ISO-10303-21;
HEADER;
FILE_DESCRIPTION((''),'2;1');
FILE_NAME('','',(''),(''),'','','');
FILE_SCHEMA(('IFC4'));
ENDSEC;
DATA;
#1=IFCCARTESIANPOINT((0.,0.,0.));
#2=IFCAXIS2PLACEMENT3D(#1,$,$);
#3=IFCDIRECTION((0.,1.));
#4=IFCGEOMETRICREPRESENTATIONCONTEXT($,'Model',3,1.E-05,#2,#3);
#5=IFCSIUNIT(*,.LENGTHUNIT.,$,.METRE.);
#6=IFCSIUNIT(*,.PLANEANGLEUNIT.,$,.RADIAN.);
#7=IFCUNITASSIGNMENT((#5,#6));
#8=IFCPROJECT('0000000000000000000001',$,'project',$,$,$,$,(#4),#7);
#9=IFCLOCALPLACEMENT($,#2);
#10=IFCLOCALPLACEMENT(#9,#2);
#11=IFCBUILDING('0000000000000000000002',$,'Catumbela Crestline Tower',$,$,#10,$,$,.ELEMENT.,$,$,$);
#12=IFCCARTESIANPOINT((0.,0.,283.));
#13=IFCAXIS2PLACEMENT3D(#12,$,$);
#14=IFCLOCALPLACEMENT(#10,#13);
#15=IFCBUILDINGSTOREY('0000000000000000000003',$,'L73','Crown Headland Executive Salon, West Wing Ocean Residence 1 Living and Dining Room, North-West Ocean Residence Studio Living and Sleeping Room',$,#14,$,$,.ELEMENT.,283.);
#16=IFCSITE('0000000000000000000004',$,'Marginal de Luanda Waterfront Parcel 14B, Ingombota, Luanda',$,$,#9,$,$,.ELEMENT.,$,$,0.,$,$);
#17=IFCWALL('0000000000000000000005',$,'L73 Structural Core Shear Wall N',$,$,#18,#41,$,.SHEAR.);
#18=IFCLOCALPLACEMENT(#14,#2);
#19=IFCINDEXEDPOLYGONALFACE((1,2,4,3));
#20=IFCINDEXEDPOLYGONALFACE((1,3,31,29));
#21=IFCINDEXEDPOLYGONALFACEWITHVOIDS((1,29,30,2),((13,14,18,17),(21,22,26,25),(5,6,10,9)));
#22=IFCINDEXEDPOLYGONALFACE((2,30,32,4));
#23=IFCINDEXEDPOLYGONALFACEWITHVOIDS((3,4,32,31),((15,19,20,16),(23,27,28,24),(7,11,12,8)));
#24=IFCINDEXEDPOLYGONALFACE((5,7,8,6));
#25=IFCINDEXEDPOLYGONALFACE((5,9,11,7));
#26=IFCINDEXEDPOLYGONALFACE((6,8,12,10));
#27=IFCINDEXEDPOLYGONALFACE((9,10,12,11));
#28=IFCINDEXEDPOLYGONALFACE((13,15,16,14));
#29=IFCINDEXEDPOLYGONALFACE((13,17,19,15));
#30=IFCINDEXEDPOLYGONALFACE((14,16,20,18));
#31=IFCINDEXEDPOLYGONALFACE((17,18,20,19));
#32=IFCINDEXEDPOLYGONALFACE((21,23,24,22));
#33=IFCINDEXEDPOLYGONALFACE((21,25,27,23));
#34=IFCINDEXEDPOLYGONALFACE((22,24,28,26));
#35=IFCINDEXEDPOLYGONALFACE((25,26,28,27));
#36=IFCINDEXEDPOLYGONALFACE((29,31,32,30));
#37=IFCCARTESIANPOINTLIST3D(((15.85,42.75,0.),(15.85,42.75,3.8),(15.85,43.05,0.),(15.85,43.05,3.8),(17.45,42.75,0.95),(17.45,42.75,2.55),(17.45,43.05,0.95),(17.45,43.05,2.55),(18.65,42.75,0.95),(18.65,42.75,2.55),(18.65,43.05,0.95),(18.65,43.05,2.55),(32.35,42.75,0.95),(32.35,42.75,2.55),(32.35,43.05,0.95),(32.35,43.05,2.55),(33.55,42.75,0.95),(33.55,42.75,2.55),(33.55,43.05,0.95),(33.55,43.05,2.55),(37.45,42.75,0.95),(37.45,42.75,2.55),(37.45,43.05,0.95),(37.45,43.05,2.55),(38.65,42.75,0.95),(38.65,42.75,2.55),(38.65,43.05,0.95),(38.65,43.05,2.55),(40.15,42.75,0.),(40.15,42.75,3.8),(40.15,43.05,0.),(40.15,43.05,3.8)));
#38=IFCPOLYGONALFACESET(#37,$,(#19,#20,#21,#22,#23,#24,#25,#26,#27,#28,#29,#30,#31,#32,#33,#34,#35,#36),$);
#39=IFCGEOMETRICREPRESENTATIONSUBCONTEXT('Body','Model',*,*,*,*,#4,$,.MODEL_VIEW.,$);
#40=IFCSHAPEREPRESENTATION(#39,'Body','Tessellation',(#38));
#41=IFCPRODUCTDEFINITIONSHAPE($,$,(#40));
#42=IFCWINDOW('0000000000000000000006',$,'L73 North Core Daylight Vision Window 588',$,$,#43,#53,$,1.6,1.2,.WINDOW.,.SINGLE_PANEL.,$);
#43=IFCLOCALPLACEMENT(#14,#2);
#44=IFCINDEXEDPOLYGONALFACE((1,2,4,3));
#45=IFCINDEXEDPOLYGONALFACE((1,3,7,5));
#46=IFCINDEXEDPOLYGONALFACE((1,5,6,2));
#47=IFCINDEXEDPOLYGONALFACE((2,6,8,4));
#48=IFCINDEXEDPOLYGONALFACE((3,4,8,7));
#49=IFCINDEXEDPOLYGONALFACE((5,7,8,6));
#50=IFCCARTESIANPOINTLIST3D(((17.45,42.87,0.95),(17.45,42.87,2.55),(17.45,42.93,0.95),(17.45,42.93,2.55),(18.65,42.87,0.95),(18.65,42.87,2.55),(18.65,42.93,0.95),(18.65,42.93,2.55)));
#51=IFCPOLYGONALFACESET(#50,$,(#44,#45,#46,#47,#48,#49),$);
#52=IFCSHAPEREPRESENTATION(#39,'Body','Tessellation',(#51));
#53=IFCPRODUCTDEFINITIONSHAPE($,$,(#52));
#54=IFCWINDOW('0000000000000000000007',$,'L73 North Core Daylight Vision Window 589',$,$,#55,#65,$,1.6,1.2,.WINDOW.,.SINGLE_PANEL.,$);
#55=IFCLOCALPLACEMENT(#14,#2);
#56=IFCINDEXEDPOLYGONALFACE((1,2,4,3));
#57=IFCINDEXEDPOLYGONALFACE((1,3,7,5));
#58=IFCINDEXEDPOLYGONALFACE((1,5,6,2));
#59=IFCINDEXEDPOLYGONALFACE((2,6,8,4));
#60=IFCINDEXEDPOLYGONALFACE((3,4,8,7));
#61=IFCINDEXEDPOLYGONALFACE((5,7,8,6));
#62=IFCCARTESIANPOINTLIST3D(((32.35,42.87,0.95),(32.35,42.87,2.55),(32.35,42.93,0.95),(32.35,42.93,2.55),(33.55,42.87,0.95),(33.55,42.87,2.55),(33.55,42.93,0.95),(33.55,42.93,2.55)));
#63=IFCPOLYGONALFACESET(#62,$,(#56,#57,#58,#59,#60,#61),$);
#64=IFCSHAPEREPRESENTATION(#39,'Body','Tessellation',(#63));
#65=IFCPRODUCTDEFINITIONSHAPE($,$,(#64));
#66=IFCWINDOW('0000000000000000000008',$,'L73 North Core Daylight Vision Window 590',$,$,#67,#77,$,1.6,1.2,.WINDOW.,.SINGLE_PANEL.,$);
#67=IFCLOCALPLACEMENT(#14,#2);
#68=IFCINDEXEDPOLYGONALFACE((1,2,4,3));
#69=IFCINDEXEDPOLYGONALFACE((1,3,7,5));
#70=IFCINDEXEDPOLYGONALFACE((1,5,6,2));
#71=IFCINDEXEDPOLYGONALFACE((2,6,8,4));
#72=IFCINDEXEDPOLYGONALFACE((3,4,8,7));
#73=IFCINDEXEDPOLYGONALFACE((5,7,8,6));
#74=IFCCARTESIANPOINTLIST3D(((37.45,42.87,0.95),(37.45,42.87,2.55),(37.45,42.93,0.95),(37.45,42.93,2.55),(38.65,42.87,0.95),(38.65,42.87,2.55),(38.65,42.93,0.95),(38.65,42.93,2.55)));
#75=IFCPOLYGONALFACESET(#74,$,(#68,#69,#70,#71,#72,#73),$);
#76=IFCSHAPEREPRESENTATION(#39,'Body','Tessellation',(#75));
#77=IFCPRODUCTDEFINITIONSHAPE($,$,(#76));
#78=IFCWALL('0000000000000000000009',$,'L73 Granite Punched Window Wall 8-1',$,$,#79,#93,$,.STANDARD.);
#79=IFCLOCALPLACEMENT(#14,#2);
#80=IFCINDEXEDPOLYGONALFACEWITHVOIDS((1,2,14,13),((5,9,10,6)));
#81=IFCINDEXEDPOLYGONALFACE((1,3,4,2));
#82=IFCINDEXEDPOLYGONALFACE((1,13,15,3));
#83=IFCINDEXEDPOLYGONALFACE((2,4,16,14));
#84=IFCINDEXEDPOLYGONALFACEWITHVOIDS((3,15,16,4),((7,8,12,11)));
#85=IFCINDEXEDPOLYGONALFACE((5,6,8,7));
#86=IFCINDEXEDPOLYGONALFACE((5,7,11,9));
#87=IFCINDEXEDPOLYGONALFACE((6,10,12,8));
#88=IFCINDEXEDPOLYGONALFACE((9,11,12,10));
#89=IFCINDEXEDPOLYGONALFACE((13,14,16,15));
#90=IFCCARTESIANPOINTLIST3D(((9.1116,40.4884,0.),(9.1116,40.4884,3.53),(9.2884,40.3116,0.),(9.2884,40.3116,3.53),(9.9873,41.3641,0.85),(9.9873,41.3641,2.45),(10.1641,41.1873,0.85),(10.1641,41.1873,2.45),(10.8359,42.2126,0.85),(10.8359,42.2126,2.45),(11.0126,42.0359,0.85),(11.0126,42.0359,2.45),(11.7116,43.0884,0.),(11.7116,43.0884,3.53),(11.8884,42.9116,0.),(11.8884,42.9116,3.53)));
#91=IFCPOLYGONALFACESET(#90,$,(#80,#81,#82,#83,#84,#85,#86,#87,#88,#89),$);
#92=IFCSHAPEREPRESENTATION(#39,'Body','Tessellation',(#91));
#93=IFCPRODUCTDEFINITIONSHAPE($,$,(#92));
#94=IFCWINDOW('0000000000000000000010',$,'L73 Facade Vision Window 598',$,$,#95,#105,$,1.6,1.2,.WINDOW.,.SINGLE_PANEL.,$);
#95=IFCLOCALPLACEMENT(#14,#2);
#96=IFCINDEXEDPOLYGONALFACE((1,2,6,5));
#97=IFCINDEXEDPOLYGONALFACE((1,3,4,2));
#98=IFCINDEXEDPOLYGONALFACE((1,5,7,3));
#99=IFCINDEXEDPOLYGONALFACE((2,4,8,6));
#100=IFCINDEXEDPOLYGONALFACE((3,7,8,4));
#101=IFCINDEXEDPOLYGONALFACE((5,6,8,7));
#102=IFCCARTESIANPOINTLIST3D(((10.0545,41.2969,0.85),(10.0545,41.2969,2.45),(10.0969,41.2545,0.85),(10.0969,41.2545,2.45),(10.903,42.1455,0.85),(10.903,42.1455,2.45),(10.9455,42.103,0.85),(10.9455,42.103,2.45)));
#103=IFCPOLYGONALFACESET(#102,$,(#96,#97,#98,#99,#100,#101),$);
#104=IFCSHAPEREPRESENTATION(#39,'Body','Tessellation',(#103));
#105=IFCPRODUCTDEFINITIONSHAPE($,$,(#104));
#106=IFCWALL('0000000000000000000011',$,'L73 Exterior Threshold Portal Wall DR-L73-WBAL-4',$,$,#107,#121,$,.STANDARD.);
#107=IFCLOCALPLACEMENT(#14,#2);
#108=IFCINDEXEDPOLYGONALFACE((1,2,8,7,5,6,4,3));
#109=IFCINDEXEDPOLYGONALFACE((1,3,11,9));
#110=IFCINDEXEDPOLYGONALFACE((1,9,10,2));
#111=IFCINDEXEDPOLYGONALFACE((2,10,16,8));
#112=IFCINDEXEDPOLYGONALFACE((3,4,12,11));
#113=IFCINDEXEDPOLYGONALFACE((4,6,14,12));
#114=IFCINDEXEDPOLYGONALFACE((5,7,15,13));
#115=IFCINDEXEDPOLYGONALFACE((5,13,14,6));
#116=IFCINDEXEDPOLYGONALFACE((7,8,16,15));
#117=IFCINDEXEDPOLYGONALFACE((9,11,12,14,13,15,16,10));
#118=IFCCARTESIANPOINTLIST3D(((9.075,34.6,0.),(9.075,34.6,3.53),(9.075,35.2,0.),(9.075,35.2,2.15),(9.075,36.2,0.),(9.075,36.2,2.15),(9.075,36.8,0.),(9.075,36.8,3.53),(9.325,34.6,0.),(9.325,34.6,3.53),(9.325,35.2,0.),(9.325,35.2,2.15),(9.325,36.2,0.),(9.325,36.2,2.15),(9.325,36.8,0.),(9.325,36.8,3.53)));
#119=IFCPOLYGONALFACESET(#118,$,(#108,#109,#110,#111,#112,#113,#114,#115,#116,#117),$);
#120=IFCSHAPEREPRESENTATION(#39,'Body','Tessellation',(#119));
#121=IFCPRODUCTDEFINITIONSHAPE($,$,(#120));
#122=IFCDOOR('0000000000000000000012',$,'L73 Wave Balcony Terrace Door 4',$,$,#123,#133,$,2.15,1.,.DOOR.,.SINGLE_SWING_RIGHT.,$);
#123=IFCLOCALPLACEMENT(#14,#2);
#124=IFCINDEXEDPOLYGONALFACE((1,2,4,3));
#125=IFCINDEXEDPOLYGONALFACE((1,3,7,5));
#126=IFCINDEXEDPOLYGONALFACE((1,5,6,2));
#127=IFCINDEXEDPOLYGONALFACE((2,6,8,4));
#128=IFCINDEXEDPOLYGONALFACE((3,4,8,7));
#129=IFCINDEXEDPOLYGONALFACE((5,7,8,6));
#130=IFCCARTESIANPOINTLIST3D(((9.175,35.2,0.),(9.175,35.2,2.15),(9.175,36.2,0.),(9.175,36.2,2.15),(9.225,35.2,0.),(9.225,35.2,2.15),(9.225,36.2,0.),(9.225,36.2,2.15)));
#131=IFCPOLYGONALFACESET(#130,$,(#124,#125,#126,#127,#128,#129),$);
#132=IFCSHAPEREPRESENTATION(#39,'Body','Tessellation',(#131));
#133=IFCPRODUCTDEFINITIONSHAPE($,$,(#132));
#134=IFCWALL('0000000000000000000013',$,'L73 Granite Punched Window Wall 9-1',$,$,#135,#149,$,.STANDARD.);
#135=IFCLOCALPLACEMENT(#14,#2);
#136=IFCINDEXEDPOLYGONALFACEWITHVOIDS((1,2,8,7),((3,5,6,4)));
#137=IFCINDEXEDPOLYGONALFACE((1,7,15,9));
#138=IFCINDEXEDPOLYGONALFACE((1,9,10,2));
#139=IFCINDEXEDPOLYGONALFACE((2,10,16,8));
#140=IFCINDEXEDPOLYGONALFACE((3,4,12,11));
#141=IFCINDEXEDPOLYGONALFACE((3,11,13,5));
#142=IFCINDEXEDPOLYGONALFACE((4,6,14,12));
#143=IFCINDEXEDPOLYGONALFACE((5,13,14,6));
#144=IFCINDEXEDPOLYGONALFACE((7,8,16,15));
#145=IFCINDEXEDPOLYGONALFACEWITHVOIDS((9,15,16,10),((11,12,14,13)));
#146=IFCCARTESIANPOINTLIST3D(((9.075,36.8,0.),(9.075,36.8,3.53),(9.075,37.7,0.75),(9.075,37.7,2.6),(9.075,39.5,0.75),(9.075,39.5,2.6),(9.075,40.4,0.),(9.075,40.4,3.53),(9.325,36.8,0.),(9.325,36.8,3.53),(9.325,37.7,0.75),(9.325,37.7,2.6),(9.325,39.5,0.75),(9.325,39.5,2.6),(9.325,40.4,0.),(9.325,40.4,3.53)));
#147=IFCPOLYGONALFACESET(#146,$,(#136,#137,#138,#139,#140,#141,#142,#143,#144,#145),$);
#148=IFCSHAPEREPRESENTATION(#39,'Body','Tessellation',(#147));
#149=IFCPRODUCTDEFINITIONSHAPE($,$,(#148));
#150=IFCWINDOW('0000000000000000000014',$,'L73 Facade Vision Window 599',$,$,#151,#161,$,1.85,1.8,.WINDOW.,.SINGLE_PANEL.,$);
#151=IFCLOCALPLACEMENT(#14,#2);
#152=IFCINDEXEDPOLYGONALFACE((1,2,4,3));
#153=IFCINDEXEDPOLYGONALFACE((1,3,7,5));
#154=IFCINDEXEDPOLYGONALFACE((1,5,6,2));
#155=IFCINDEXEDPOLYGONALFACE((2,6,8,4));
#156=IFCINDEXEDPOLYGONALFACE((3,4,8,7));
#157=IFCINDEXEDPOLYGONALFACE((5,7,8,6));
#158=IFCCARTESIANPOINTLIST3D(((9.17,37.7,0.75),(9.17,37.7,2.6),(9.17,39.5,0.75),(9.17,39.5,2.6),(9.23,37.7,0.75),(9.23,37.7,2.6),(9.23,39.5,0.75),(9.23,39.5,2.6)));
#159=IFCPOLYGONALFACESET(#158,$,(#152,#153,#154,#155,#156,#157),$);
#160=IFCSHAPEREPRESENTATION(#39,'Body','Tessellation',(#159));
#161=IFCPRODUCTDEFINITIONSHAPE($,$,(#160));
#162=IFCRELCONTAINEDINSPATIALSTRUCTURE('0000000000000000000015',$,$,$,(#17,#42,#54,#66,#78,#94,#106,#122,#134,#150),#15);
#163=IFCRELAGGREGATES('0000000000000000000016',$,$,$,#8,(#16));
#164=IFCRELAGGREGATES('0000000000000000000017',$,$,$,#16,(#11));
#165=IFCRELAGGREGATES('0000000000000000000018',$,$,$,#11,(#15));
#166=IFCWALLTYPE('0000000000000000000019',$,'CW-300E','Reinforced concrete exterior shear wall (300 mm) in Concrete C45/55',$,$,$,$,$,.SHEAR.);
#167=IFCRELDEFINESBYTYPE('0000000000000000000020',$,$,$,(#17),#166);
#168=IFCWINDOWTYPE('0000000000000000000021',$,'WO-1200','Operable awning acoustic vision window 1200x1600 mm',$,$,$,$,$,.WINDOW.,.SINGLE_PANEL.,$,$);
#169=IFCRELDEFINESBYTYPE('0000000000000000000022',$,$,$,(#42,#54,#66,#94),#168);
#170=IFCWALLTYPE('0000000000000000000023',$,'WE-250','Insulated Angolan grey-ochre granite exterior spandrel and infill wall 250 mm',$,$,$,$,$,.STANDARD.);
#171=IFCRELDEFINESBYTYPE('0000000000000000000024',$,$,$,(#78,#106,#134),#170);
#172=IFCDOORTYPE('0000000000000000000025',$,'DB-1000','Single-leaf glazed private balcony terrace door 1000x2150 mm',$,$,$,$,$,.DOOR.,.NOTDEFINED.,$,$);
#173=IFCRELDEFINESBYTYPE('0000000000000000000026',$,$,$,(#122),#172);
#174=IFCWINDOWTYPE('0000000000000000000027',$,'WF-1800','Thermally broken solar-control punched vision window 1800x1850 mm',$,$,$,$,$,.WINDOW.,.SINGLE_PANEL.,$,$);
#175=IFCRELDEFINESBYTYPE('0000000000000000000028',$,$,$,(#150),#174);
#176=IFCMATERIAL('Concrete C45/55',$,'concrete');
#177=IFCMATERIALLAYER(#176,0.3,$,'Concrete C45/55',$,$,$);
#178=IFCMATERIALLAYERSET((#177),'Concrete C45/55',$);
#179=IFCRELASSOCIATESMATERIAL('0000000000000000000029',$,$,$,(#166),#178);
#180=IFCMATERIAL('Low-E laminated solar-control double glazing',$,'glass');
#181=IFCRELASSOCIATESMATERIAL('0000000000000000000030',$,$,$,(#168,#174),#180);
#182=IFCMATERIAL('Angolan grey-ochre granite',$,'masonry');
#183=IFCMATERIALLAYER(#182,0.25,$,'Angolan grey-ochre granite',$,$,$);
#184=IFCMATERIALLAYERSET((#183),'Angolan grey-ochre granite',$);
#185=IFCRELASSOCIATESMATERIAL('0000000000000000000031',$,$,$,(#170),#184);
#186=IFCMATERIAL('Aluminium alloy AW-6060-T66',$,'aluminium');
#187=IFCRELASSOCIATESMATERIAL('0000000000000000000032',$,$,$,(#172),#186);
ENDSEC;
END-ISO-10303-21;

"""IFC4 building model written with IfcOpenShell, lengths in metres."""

from ifc_helpers import new_model, si_unit, direction, frame, frame_2d, origin, place, context, subcontext, project, spatial, rectangle, extrude, material, layer, layer_set, type_object, element, fill, save


model = new_model("IFC4")

# Units and contexts
model_context = context("Model", 3, precision=1e-05, world=origin(), true_north=direction((0.0, 1.0)))
body_context = subcontext(model_context, "Body", "Model", "MODEL_VIEW")
ifc_project = project(units=[si_unit("LENGTHUNIT", "METRE"), si_unit("PLANEANGLEUNIT", "RADIAN")], contexts=[model_context])

# Site, building, storey
site_placement = place(None, origin())
site = spatial("IfcSite", under=ifc_project, at=site_placement, Name="Marginal de Luanda Waterfront Parcel 14B, Ingombota, Luanda", CompositionType="ELEMENT", RefElevation=0.0)
building_placement = place(site_placement, origin())
building = spatial("IfcBuilding", under=site, at=building_placement, Name="Catumbela Crestline Tower", CompositionType="ELEMENT")
storey_placement = place(building_placement, frame((0.0, 0.0, 283.0)))
storey = spatial("IfcBuildingStorey", under=building, at=storey_placement, Name="L73", Description="Crown Headland Executive Salon, West Wing Ocean Residence 1 Living and Dining Room, North-West Ocean Residence Studio Living and Sleeping Room", CompositionType="ELEMENT", Elevation=283.0)

# Shared definitions
ifc_material_1 = material(Name="Aluminium alloy AW-6060-T66", Category="aluminium")
ifc_material_2 = material(Name="Low-E laminated solar-control double glazing", Category="glass")

# Shared definitions
ifc_material_3 = material(Name="Concrete C45/55", Category="concrete")

# Wall, openings, windows
ifc_layer_1 = layer(ifc_material_3, 0.3, Name="Concrete C45/55")
ifc_layer_set_1 = layer_set([ifc_layer_1], Name="Concrete C45/55")
wall_type_1 = type_object("IfcWallType", Name="CW-300E", Description="Reinforced concrete exterior shear wall (300 mm) in Concrete C45/55", PredefinedType="SHEAR", material=ifc_layer_set_1)
wall_1_placement = place(storey_placement, frame((15.85, 42.9, 0.0), z_axis=(0.0, 0.0, 1.0), x_axis=(1.0, 0.0, 0.0)))
wall_1 = element("IfcWall", 1, at=wall_1_placement, inside=storey, type_object=wall_type_1, Name="L73 Structural Core Shear Wall N", PredefinedType="SHEAR", context=body_context, shape_type="SweptSolid", body=[
    extrude(rectangle(XDim=24.3, YDim=0.3, at=frame_2d((12.15, 0.0))), origin(), (0.0, 0.0, 1.0), 3.8),
])
opening_1_placement = place(wall_1_placement, frame((1.6, 0.0, 0.95)))
opening_1 = element("IfcOpeningElement", 2, at=opening_1_placement, cuts=wall_1, PredefinedType="OPENING", context=body_context, shape_type="SweptSolid", body=[
    extrude(rectangle(XDim=1.2, YDim=1.6, at=frame_2d((0.6, 0.8))), frame((0.0, 0.16, 0.0), z_axis=(0.0, -1.0, 0.0), x_axis=(1.0, 0.0, 0.0)), (0.0, 0.0, 1.0), 0.32),
])
opening_2_placement = place(wall_1_placement, frame((16.5, 0.0, 0.95)))
opening_2 = element("IfcOpeningElement", 3, at=opening_2_placement, cuts=wall_1, PredefinedType="OPENING", context=body_context, shape_type="SweptSolid", body=[
    extrude(rectangle(XDim=1.2, YDim=1.6, at=frame_2d((0.6, 0.8))), frame((0.0, 0.16, 0.0), z_axis=(0.0, -1.0, 0.0), x_axis=(1.0, 0.0, 0.0)), (0.0, 0.0, 1.0), 0.32),
])
opening_3_placement = place(wall_1_placement, frame((21.6, 0.0, 0.95)))
opening_3 = element("IfcOpeningElement", 4, at=opening_3_placement, cuts=wall_1, PredefinedType="OPENING", context=body_context, shape_type="SweptSolid", body=[
    extrude(rectangle(XDim=1.2, YDim=1.6, at=frame_2d((0.6, 0.8))), frame((0.0, 0.16, 0.0), z_axis=(0.0, -1.0, 0.0), x_axis=(1.0, 0.0, 0.0)), (0.0, 0.0, 1.0), 0.32),
])
window_type_1 = type_object("IfcWindowType", Name="WO-1200", Description="Operable awning acoustic vision window 1200x1600 mm", PartitioningType="SINGLE_PANEL", PredefinedType="WINDOW", material=ifc_material_2)
window_1_placement = place(opening_1_placement, origin())
window_1 = element("IfcWindow", 5, at=window_1_placement, inside=storey, type_object=window_type_1, Name="L73 North Core Daylight Vision Window 588", OverallHeight=1.6, OverallWidth=1.2, PartitioningType="SINGLE_PANEL", PredefinedType="WINDOW", context=body_context, shape_type="SweptSolid", body=[
    extrude(rectangle(XDim=1.2, YDim=1.6, at=frame_2d((0.6, 0.8))), frame((0.0, 0.03, 0.0), z_axis=(0.0, -1.0, 0.0), x_axis=(1.0, 0.0, 0.0)), (0.0, 0.0, 1.0), 0.06),
])
fill(opening_1, window_1)
window_2_placement = place(opening_2_placement, origin())
window_2 = element("IfcWindow", 6, at=window_2_placement, inside=storey, type_object=window_type_1, Name="L73 North Core Daylight Vision Window 589", OverallHeight=1.6, OverallWidth=1.2, PartitioningType="SINGLE_PANEL", PredefinedType="WINDOW", context=body_context, shape_type="SweptSolid", body=[
    extrude(rectangle(XDim=1.2, YDim=1.6, at=frame_2d((0.6, 0.8))), frame((0.0, 0.03, 0.0), z_axis=(0.0, -1.0, 0.0), x_axis=(1.0, 0.0, 0.0)), (0.0, 0.0, 1.0), 0.06),
])
fill(opening_2, window_2)
window_3_placement = place(opening_3_placement, origin())
window_3 = element("IfcWindow", 7, at=window_3_placement, inside=storey, type_object=window_type_1, Name="L73 North Core Daylight Vision Window 590", OverallHeight=1.6, OverallWidth=1.2, PartitioningType="SINGLE_PANEL", PredefinedType="WINDOW", context=body_context, shape_type="SweptSolid", body=[
    extrude(rectangle(XDim=1.2, YDim=1.6, at=frame_2d((0.6, 0.8))), frame((0.0, 0.03, 0.0), z_axis=(0.0, -1.0, 0.0), x_axis=(1.0, 0.0, 0.0)), (0.0, 0.0, 1.0), 0.06),
])
fill(opening_3, window_3)

# Wall, opening, window
ifc_material_4 = material(Name="Angolan grey-ochre granite", Category="masonry")
ifc_layer_2 = layer(ifc_material_4, 0.25, Name="Angolan grey-ochre granite")
ifc_layer_set_2 = layer_set([ifc_layer_2], Name="Angolan grey-ochre granite")
wall_type_2 = type_object("IfcWallType", Name="WE-250", Description="Insulated Angolan grey-ochre granite exterior spandrel and infill wall 250 mm", PredefinedType="STANDARD", material=ifc_layer_set_2)
wall_2_placement = place(storey_placement, frame((11.8, 43.0, 0.0), z_axis=(0.0, 0.0, 1.0), x_axis=(-0.707107, -0.707107, 0.0)))
wall_2 = element("IfcWall", 8, at=wall_2_placement, inside=storey, type_object=wall_type_2, Name="L73 Granite Punched Window Wall 8-1", PredefinedType="STANDARD", context=body_context, shape_type="SweptSolid", body=[
    extrude(rectangle(XDim=3.677, YDim=0.25, at=frame_2d((1.8385, 0.0))), origin(), (0.0, 0.0, 1.0), 3.53),
])
opening_4_placement = place(wall_2_placement, frame((1.2385, 0.0, 0.85)))
opening_4 = element("IfcOpeningElement", 9, at=opening_4_placement, cuts=wall_2, PredefinedType="OPENING", context=body_context, shape_type="SweptSolid", body=[
    extrude(rectangle(XDim=1.2, YDim=1.6, at=frame_2d((0.6, 0.8))), frame((0.0, 0.135, 0.0), z_axis=(0.0, -1.0, 0.0), x_axis=(1.0, 0.0, 0.0)), (0.0, 0.0, 1.0), 0.27),
])
window_4_placement = place(opening_4_placement, origin())
window_4 = element("IfcWindow", 10, at=window_4_placement, inside=storey, type_object=window_type_1, Name="L73 Facade Vision Window 598", OverallHeight=1.6, OverallWidth=1.2, PartitioningType="SINGLE_PANEL", PredefinedType="WINDOW", context=body_context, shape_type="SweptSolid", body=[
    extrude(rectangle(XDim=1.2, YDim=1.6, at=frame_2d((0.6, 0.8))), frame((0.0, 0.03, 0.0), z_axis=(0.0, -1.0, 0.0), x_axis=(1.0, 0.0, 0.0)), (0.0, 0.0, 1.0), 0.06),
])
fill(opening_4, window_4)

# Wall, opening, door
wall_3_placement = place(storey_placement, frame((9.2, 36.8, 0.0), z_axis=(0.0, 0.0, 1.0), x_axis=(0.0, -1.0, 0.0)))
wall_3 = element("IfcWall", 11, at=wall_3_placement, inside=storey, type_object=wall_type_2, Name="L73 Exterior Threshold Portal Wall DR-L73-WBAL-4", PredefinedType="STANDARD", context=body_context, shape_type="SweptSolid", body=[
    extrude(rectangle(XDim=2.2, YDim=0.25, at=frame_2d((1.1, 0.0))), origin(), (0.0, 0.0, 1.0), 3.53),
])
opening_5_placement = place(wall_3_placement, frame((0.6, 0.0, 0.0)))
opening_5 = element("IfcOpeningElement", 12, at=opening_5_placement, cuts=wall_3, PredefinedType="OPENING", context=body_context, shape_type="SweptSolid", body=[
    extrude(rectangle(XDim=1.0, YDim=2.15, at=frame_2d((0.5, 1.075))), frame((0.0, 0.135, 0.0), z_axis=(0.0, -1.0, 0.0), x_axis=(1.0, 0.0, 0.0)), (0.0, 0.0, 1.0), 0.27),
])
door_type_1 = type_object("IfcDoorType", Name="DB-1000", Description="Single-leaf glazed private balcony terrace door 1000x2150 mm", OperationType="NOTDEFINED", PredefinedType="DOOR", material=ifc_material_1)
door_1_placement = place(opening_5_placement, origin())
door_1 = element("IfcDoor", 13, at=door_1_placement, inside=storey, type_object=door_type_1, Name="L73 Wave Balcony Terrace Door 4", OperationType="SINGLE_SWING_RIGHT", OverallHeight=2.15, OverallWidth=1.0, PredefinedType="DOOR", context=body_context, shape_type="SweptSolid", body=[
    extrude(rectangle(XDim=1.0, YDim=2.15, at=frame_2d((0.5, 1.075))), frame((0.0, 0.025, 0.0), z_axis=(0.0, -1.0, 0.0), x_axis=(1.0, 0.0, 0.0)), (0.0, 0.0, 1.0), 0.05),
])
fill(opening_5, door_1)

# Wall, opening, window
wall_4_placement = place(storey_placement, frame((9.2, 40.4, 0.0), z_axis=(0.0, 0.0, 1.0), x_axis=(0.0, -1.0, 0.0)))
wall_4 = element("IfcWall", 14, at=wall_4_placement, inside=storey, type_object=wall_type_2, Name="L73 Granite Punched Window Wall 9-1", PredefinedType="STANDARD", context=body_context, shape_type="SweptSolid", body=[
    extrude(rectangle(XDim=3.6, YDim=0.25, at=frame_2d((1.8, 0.0))), origin(), (0.0, 0.0, 1.0), 3.53),
])
opening_6_placement = place(wall_4_placement, frame((0.9, 0.0, 0.75)))
opening_6 = element("IfcOpeningElement", 15, at=opening_6_placement, cuts=wall_4, PredefinedType="OPENING", context=body_context, shape_type="SweptSolid", body=[
    extrude(rectangle(XDim=1.8, YDim=1.85, at=frame_2d((0.9, 0.925))), frame((0.0, 0.135, 0.0), z_axis=(0.0, -1.0, 0.0), x_axis=(1.0, 0.0, 0.0)), (0.0, 0.0, 1.0), 0.27),
])
window_type_2 = type_object("IfcWindowType", Name="WF-1800", Description="Thermally broken solar-control punched vision window 1800x1850 mm", PartitioningType="SINGLE_PANEL", PredefinedType="WINDOW", material=ifc_material_2)
window_5_placement = place(opening_6_placement, origin())
window_5 = element("IfcWindow", 16, at=window_5_placement, inside=storey, type_object=window_type_2, Name="L73 Facade Vision Window 599", OverallHeight=1.85, OverallWidth=1.8, PartitioningType="SINGLE_PANEL", PredefinedType="WINDOW", context=body_context, shape_type="SweptSolid", body=[
    extrude(rectangle(XDim=1.8, YDim=1.85, at=frame_2d((0.9, 0.925))), frame((0.0, 0.03, 0.0), z_axis=(0.0, -1.0, 0.0), x_axis=(1.0, 0.0, 0.0)), (0.0, 0.0, 1.0), 0.06),
])
fill(opening_6, window_5)

save(model, "model.ifc")
